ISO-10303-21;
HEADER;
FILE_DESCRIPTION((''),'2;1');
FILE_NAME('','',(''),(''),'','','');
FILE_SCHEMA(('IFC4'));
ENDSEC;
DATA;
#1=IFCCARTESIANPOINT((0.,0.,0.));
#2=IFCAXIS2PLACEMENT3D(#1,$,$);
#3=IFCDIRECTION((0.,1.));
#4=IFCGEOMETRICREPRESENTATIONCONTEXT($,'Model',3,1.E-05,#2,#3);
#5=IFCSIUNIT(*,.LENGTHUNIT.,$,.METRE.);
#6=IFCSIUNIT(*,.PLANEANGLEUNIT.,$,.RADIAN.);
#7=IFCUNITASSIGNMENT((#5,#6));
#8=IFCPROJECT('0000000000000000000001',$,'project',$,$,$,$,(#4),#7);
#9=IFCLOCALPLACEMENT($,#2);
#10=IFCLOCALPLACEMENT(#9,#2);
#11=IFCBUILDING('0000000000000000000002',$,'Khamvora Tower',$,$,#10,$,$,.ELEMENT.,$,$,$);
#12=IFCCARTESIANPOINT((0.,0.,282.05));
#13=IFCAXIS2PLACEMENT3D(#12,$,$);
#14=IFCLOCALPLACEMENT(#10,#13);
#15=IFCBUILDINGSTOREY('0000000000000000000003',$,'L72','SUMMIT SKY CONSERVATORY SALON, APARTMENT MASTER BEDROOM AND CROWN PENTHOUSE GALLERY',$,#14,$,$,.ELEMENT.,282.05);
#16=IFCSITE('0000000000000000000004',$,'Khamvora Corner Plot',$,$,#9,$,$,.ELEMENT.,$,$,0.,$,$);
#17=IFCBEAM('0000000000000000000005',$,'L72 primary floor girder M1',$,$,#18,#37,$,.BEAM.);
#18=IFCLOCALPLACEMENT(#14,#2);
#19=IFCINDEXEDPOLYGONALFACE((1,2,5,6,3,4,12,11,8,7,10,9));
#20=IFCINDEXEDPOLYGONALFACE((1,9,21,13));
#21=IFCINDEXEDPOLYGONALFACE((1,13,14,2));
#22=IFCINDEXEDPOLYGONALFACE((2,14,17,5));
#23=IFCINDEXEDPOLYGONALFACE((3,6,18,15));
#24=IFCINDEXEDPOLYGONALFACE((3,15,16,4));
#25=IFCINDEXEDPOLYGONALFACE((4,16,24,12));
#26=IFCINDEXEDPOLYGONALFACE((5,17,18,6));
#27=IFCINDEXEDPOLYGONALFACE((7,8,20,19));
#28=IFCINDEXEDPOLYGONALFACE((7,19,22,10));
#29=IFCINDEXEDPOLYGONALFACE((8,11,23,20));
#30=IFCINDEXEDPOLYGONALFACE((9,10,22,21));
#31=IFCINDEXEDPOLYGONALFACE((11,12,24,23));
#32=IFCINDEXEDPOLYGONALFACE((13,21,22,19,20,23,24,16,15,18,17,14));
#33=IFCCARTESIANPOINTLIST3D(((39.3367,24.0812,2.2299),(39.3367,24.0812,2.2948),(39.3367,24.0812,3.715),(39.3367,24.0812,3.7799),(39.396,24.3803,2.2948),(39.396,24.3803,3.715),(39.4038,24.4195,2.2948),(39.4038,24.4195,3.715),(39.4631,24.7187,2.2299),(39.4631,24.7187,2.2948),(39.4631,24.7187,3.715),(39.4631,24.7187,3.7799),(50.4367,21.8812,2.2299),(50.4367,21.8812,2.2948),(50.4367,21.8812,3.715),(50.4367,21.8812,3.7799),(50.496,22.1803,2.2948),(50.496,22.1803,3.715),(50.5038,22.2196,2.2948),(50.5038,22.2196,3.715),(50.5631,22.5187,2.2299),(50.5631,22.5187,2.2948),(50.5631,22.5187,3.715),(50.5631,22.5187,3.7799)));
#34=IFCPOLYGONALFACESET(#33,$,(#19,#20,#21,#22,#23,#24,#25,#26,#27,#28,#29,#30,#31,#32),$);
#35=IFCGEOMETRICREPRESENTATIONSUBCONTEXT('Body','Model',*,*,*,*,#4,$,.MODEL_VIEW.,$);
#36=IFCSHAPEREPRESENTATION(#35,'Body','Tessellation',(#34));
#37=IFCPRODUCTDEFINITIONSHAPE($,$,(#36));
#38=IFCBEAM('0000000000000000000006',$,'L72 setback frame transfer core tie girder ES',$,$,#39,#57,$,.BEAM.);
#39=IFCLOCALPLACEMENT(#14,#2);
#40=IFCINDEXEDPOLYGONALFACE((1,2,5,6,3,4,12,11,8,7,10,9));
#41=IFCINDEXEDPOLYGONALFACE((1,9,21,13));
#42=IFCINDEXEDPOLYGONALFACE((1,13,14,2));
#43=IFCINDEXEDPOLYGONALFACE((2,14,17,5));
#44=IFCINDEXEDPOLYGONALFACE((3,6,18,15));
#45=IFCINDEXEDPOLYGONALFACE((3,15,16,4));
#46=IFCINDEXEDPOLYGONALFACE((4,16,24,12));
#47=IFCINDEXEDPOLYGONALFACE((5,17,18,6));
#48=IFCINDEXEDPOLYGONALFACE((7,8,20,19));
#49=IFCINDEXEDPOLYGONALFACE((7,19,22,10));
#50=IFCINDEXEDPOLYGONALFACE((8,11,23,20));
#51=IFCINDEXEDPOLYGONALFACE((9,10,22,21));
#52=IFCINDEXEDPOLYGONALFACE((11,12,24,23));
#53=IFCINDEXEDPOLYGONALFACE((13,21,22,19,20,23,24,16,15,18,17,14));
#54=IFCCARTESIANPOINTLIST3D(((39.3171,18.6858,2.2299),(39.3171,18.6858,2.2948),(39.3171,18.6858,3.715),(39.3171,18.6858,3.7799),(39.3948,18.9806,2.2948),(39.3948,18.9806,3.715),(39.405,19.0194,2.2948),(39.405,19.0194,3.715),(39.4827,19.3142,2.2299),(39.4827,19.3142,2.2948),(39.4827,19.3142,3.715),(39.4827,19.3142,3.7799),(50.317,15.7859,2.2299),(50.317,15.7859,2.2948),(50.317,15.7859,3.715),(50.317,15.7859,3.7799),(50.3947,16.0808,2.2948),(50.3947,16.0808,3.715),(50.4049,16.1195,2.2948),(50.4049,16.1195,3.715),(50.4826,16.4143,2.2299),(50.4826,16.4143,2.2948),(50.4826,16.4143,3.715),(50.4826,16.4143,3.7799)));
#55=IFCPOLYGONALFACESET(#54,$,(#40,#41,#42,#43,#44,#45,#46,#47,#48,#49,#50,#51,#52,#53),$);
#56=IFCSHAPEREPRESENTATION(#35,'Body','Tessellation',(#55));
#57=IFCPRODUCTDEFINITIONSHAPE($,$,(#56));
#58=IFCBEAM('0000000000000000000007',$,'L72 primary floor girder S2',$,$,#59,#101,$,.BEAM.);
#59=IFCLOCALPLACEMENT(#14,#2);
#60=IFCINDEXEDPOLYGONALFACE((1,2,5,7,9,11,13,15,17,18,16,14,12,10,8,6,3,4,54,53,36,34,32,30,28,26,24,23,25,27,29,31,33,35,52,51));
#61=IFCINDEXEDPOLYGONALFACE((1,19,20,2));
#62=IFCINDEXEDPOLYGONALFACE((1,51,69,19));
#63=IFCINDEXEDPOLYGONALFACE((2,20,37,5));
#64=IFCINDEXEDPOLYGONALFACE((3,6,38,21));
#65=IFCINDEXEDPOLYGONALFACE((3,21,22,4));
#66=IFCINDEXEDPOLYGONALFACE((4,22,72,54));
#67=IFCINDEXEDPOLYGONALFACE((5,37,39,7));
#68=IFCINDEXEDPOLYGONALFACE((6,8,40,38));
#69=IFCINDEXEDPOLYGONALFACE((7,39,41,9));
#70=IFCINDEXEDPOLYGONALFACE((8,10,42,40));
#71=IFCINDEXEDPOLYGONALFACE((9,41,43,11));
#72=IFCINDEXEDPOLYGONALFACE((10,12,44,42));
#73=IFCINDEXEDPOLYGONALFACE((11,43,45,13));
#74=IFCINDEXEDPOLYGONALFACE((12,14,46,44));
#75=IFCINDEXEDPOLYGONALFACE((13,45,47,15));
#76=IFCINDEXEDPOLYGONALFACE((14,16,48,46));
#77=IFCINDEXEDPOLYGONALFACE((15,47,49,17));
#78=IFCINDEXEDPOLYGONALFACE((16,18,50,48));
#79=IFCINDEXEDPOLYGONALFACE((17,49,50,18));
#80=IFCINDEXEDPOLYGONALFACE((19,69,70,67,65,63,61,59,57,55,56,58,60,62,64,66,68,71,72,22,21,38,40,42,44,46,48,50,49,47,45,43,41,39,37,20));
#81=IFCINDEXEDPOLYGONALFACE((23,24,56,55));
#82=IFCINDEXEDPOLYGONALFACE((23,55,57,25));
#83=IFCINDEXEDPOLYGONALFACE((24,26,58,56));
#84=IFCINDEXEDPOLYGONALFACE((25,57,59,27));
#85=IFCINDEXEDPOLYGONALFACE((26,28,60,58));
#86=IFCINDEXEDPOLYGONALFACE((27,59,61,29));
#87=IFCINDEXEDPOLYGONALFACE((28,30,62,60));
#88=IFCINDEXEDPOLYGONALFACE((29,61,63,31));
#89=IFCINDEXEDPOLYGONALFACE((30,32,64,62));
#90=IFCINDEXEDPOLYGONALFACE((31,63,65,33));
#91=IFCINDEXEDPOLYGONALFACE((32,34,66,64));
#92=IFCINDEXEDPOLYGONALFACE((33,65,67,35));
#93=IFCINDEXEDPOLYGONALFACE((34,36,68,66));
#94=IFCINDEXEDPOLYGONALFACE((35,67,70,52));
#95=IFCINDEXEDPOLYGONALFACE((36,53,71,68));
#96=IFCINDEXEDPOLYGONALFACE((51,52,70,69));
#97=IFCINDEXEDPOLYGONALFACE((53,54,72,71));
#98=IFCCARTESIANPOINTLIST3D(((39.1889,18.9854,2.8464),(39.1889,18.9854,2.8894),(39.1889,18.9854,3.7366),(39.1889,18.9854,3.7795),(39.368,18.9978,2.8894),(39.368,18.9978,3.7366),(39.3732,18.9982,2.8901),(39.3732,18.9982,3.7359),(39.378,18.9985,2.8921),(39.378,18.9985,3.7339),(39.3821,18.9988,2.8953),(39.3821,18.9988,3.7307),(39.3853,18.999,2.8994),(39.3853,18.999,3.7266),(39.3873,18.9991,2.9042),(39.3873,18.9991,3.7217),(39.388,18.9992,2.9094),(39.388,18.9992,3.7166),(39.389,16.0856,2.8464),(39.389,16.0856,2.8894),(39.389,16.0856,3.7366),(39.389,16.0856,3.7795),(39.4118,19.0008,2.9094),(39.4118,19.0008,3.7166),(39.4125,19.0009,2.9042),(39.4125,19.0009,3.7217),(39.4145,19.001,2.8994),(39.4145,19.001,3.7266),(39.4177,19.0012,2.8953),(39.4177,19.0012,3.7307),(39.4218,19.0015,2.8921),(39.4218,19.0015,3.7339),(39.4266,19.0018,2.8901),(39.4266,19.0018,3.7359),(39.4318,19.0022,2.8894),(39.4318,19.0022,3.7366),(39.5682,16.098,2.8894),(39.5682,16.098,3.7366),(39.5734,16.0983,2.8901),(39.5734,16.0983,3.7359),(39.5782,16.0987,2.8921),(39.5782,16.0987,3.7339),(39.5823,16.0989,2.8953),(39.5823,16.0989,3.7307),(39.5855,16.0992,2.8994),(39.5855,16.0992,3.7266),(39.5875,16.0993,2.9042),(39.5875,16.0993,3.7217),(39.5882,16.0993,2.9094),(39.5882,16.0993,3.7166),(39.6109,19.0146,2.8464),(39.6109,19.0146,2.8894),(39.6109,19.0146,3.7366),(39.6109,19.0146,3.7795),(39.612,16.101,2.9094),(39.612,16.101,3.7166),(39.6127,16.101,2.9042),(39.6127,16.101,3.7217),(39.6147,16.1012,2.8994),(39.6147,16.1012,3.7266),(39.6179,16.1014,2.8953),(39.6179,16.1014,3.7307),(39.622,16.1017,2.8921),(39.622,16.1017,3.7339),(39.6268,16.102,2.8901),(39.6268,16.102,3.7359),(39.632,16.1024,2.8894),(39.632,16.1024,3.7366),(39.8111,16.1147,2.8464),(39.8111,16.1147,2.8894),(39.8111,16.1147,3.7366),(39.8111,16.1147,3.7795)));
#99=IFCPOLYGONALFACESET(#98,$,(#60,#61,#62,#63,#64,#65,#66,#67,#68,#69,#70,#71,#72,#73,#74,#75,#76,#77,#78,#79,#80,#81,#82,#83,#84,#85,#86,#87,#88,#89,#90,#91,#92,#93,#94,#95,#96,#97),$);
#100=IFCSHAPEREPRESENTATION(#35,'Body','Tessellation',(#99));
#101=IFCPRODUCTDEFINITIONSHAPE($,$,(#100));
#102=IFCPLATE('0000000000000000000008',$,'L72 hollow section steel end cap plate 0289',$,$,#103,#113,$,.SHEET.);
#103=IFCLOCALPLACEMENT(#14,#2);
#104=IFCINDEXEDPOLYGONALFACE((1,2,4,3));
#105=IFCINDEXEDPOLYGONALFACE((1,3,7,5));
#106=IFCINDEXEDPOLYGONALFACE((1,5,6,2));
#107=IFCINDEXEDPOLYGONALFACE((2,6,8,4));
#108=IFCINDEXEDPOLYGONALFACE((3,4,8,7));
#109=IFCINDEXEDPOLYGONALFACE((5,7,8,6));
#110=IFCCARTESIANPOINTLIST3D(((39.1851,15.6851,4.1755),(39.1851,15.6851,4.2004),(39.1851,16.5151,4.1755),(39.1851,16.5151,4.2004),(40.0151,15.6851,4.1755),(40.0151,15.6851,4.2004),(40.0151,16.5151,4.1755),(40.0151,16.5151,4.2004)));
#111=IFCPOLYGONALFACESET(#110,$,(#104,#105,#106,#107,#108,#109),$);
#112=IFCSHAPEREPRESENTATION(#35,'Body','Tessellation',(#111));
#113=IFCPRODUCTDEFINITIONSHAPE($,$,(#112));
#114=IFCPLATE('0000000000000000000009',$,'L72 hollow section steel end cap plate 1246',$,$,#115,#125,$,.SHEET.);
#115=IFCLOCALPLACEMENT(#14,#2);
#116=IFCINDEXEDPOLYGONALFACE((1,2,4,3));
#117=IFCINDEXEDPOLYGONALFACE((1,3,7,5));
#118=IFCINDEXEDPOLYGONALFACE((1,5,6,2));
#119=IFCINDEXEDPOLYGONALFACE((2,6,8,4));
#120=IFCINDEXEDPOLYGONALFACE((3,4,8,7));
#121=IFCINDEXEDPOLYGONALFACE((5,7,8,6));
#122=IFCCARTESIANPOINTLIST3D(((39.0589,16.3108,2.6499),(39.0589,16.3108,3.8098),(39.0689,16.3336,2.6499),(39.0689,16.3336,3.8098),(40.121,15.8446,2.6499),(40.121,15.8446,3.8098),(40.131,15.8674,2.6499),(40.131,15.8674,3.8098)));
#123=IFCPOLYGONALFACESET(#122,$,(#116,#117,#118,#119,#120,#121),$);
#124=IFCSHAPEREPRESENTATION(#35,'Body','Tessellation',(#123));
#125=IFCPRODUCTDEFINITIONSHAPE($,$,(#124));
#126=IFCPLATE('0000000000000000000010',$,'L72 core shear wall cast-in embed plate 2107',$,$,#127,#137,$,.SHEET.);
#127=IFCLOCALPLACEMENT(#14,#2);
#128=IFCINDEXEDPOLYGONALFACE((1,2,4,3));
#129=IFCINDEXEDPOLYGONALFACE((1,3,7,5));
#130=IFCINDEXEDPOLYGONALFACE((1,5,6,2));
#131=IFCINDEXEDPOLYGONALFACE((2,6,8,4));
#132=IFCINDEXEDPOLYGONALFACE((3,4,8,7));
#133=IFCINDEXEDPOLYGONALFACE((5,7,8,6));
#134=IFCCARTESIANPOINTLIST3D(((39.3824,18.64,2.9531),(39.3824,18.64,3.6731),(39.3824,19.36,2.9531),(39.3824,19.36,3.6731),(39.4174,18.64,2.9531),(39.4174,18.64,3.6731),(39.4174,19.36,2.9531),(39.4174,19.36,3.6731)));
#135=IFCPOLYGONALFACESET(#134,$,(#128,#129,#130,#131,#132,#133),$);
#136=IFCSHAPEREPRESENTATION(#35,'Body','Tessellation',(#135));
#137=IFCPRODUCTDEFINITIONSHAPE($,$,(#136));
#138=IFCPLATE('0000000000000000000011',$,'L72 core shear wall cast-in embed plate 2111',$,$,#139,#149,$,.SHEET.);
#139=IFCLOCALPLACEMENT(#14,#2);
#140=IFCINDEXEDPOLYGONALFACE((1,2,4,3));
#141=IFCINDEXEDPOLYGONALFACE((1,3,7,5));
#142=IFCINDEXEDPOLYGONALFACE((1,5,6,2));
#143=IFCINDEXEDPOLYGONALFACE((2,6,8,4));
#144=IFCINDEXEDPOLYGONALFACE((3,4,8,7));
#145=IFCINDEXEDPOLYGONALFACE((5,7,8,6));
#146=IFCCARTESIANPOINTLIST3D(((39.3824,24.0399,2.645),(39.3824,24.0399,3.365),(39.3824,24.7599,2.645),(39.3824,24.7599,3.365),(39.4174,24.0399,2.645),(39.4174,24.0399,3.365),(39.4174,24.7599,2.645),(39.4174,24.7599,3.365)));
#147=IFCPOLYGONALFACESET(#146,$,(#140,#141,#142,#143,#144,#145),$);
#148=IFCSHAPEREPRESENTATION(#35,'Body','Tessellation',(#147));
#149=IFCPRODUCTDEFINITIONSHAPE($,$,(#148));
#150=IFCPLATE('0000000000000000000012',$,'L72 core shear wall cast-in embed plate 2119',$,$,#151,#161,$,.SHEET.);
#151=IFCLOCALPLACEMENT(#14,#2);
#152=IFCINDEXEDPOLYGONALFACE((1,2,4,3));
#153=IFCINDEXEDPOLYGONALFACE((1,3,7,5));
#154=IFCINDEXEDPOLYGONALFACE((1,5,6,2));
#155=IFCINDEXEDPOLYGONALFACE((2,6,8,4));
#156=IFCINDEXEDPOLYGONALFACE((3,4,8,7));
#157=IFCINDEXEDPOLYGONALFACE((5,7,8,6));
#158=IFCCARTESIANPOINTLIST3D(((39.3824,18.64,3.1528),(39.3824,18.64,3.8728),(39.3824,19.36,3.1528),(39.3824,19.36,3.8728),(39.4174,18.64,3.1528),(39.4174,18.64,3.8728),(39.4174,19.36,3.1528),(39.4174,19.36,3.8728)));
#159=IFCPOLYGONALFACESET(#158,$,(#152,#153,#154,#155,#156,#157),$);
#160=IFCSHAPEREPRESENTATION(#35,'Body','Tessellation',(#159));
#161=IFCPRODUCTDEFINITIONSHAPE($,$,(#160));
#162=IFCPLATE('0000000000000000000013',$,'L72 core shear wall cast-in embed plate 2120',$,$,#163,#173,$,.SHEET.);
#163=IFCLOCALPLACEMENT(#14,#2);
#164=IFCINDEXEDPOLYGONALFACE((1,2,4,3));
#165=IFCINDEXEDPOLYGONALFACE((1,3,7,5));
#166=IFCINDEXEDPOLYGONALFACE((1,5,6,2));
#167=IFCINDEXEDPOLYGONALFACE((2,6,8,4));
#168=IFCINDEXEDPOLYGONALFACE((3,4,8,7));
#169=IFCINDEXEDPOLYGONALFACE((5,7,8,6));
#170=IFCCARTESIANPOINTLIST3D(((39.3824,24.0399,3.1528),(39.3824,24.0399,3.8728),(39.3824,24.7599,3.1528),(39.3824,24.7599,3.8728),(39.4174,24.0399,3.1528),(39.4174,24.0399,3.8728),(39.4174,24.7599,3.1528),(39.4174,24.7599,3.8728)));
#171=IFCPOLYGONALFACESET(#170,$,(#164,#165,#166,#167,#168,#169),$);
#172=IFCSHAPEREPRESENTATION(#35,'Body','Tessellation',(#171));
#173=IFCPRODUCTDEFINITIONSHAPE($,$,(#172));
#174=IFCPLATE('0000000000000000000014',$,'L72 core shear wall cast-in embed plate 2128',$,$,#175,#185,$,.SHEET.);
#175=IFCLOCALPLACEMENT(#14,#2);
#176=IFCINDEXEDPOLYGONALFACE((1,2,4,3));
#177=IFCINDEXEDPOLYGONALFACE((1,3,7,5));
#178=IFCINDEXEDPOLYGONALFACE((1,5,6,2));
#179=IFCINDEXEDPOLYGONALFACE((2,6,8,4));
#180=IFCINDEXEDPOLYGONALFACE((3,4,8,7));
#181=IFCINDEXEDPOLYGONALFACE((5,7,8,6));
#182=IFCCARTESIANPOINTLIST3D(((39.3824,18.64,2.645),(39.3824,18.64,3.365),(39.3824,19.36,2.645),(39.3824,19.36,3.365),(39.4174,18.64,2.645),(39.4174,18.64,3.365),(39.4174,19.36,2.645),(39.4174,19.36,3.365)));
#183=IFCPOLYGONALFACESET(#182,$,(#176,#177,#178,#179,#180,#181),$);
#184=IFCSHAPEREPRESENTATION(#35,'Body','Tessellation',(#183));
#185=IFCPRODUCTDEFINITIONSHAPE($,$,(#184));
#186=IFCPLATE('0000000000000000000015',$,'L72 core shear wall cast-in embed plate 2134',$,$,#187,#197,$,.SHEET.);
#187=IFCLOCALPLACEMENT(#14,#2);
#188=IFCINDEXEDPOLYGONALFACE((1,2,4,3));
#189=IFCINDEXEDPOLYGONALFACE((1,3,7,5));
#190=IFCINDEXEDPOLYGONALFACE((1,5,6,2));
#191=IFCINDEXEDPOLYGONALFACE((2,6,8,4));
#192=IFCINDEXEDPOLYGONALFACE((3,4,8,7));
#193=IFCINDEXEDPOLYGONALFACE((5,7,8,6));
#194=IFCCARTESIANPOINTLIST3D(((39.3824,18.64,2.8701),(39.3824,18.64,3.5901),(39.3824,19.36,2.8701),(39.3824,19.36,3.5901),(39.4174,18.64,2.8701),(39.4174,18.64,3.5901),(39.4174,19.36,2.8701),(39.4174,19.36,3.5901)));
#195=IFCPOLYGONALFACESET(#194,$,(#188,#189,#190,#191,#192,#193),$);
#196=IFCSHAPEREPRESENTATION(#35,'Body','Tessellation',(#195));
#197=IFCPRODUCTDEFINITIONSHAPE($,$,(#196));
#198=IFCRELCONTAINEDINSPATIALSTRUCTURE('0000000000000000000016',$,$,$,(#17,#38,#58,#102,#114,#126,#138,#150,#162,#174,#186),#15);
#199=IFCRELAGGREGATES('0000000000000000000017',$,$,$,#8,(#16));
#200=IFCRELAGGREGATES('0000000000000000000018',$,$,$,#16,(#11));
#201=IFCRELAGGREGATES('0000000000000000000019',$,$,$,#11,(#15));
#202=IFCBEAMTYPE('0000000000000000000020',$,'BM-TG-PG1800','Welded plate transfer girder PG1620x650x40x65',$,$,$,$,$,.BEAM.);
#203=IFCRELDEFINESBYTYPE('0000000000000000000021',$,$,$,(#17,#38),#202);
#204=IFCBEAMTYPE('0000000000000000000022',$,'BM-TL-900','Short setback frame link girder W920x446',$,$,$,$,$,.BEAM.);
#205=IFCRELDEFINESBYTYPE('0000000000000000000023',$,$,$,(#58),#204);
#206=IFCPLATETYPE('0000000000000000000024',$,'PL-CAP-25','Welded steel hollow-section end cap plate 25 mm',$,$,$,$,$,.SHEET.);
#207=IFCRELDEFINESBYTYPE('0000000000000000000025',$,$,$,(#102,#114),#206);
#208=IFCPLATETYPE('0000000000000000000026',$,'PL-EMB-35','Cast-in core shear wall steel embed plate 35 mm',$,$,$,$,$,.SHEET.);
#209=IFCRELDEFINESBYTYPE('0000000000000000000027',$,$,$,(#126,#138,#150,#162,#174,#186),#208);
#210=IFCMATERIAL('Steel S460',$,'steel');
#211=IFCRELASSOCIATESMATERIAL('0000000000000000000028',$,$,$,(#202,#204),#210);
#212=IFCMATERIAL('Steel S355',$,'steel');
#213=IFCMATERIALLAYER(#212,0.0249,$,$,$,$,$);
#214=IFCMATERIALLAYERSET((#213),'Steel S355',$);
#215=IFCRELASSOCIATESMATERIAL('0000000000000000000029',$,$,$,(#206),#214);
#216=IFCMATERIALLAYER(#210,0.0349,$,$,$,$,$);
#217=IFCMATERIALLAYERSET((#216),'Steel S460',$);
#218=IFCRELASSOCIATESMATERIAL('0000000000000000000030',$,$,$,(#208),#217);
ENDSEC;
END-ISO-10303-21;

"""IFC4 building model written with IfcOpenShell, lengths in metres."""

from ifc_helpers import new_model, si_unit, direction, frame, origin, origin_2d, place, context, subcontext, project, spatial, rectangle, i_section, extrude, material, layer, layer_set, material_profile, profile_set, type_object, element, save


model = new_model("IFC4")

# Units and contexts
model_context = context("Model", 3, precision=1e-05, world=origin(), true_north=direction((0.0, 1.0)))
body_context = subcontext(model_context, "Body", "Model", "MODEL_VIEW")
ifc_project = project(units=[si_unit("LENGTHUNIT", "METRE"), si_unit("PLANEANGLEUNIT", "RADIAN")], contexts=[model_context])

# Site, building, storey
site_placement = place(None, origin())
site = spatial("IfcSite", under=ifc_project, at=site_placement, Name="Khamvora Corner Plot", CompositionType="ELEMENT", RefElevation=0.0)
building_placement = place(site_placement, origin())
building = spatial("IfcBuilding", under=site, at=building_placement, Name="Khamvora Tower", CompositionType="ELEMENT")
storey_placement = place(building_placement, frame((0.0, 0.0, 282.05)))
storey = spatial("IfcBuildingStorey", under=building, at=storey_placement, Name="L72", Description="SUMMIT SKY CONSERVATORY SALON, APARTMENT MASTER BEDROOM AND CROWN PENTHOUSE GALLERY", CompositionType="ELEMENT", Elevation=282.05)

# Shared definitions
ifc_material_1 = material(Name="Steel S355", Category="steel")

# Beams
ifc_material_2 = material(Name="Steel S460", Category="steel")
ifc_material_profile_1 = material_profile(ifc_material_2, i_section(OverallWidth=0.6499, OverallDepth=1.55, WebThickness=0.04, FlangeThickness=0.0649, at=origin_2d()), Name="PG1550x650x40x65")
ifc_profile_set_1 = profile_set([ifc_material_profile_1], Name="Steel S460")
beam_type_1 = type_object("IfcBeamType", Name="BM-TG-PG1800", Description="Welded plate transfer girder PG1620x650x40x65", PredefinedType="BEAM", material=ifc_profile_set_1)
beam_1_placement = place(storey_placement, frame((39.3999, 24.3999, 3.0049), z_axis=(0.98092, -0.194411, 0.0), x_axis=(0.194411, 0.98092, 0.0)))
element("IfcBeam", 1, at=beam_1_placement, inside=storey, type_object=beam_type_1, Name="L72 primary floor girder M1", PredefinedType="BEAM", context=body_context, shape_type="SweptSolid", body=[
    extrude(i_section(OverallWidth=0.6499, OverallDepth=1.55, WebThickness=0.04, FlangeThickness=0.0649, at=origin_2d()), origin(), (0.0, 0.0, 1.0), 11.3159),
])
beam_2_placement = place(storey_placement, frame((39.3999, 19.0, 3.0049), z_axis=(0.966963, -0.254918, 0.0), x_axis=(0.254918, 0.966963, 0.0)))
element("IfcBeam", 2, at=beam_2_placement, inside=storey, type_object=beam_type_1, Name="L72 setback frame transfer core tie girder ES", PredefinedType="BEAM", context=body_context, shape_type="SweptSolid", body=[
    extrude(i_section(OverallWidth=0.6499, OverallDepth=1.55, WebThickness=0.04, FlangeThickness=0.0649, at=origin_2d()), origin(), (0.0, 0.0, 1.0), 11.3757),
])
ifc_material_profile_2 = material_profile(ifc_material_2, i_section(OverallWidth=0.4231, OverallDepth=0.9331, WebThickness=0.0239, FlangeThickness=0.043, FilletRadius=0.02, at=origin_2d()), Name="W920x446")
ifc_profile_set_2 = profile_set([ifc_material_profile_2], Name="Steel S460")
beam_type_2 = type_object("IfcBeamType", Name="BM-TL-900", Description="Short setback frame link girder W920x446", PredefinedType="BEAM", material=ifc_profile_set_2)
beam_3_placement = place(storey_placement, frame((39.3999, 19.0, 3.313), z_axis=(0.068871, -0.997626, 0.0), x_axis=(0.997626, 0.068871, 0.0)))
element("IfcBeam", 3, at=beam_3_placement, inside=storey, type_object=beam_type_2, Name="L72 primary floor girder S2", PredefinedType="BEAM", context=body_context, shape_type="SweptSolid", body=[
    extrude(i_section(OverallWidth=0.4231, OverallDepth=0.9331, WebThickness=0.0239, FlangeThickness=0.043, FilletRadius=0.02, at=origin_2d()), origin(), (0.0, 0.0, 1.0), 2.9067),
])

# Plates
ifc_layer_1 = layer(ifc_material_1, 0.0249)
ifc_layer_set_1 = layer_set([ifc_layer_1], Name="Steel S355")
plate_type_1 = type_object("IfcPlateType", Name="PL-CAP-25", Description="Welded steel hollow-section end cap plate 25 mm", PredefinedType="SHEET", material=ifc_layer_set_1)
plate_1_placement = place(storey_placement, frame((39.6001, 16.1001, 4.1755), z_axis=(0.0, 0.0, 1.0), x_axis=(1.0, 0.0, 0.0)))
element("IfcPlate", 4, at=plate_1_placement, inside=storey, type_object=plate_type_1, Name="L72 hollow section steel end cap plate 0289", PredefinedType="SHEET", context=body_context, shape_type="SweptSolid", body=[
    extrude(rectangle(XDim=0.8301, YDim=0.8301, at=origin_2d()), origin(), (0.0, 0.0, 1.0), 0.0249),
])
plate_2_placement = place(storey_placement, frame((39.595, 16.0891, 2.6499), z_axis=(0.0, 0.0, 1.0), x_axis=(0.401932, 0.91567, 0.0)))
element("IfcPlate", 5, at=plate_2_placement, inside=storey, type_object=plate_type_1, Name="L72 hollow section steel end cap plate 1246", PredefinedType="SHEET", context=body_context, shape_type="SweptSolid", body=[
    extrude(rectangle(XDim=0.0249, YDim=1.1599, at=origin_2d()), origin(), (0.0, 0.0, 1.0), 1.1599),
])
ifc_layer_2 = layer(ifc_material_2, 0.0349)
ifc_layer_set_2 = layer_set([ifc_layer_2], Name="Steel S460")
plate_type_2 = type_object("IfcPlateType", Name="PL-EMB-35", Description="Cast-in core shear wall steel embed plate 35 mm", PredefinedType="SHEET", material=ifc_layer_set_2)
for number, where, z_axis, x_axis, name in (
    (6, (39.3999, 19.0, 2.9531), (0.0, 0.0, 1.0), (1.0, 0.0, 0.0), "L72 core shear wall cast-in embed plate 2107"),
    (7, (39.3999, 24.3999, 2.645), (0.0, 0.0, 1.0), (1.0, 0.0, 0.0), "L72 core shear wall cast-in embed plate 2111"),
    (8, (39.3999, 19.0, 3.1528), (0.0, 0.0, 1.0), (1.0, 0.0, 0.0), "L72 core shear wall cast-in embed plate 2119"),
    (9, (39.3999, 24.3999, 3.1528), (0.0, 0.0, 1.0), (1.0, 0.0, 0.0), "L72 core shear wall cast-in embed plate 2120"),
    (10, (39.3999, 19.0, 2.645), (0.0, 0.0, 1.0), (1.0, 0.0, 0.0), "L72 core shear wall cast-in embed plate 2128"),
    (11, (39.3999, 19.0, 2.8701), (0.0, 0.0, 1.0), (1.0, 0.0, 0.0), "L72 core shear wall cast-in embed plate 2134"),
):
    element("IfcPlate", number, at=place(storey_placement, frame(where, z_axis=z_axis, x_axis=x_axis)), inside=storey, type_object=plate_type_2, Name=name, PredefinedType="SHEET", context=body_context, shape_type="SweptSolid", body=[
        extrude(rectangle(XDim=0.0349, YDim=0.72, at=origin_2d()), origin(), (0.0, 0.0, 1.0), 0.72),
    ])

save(model, "model.ifc")
